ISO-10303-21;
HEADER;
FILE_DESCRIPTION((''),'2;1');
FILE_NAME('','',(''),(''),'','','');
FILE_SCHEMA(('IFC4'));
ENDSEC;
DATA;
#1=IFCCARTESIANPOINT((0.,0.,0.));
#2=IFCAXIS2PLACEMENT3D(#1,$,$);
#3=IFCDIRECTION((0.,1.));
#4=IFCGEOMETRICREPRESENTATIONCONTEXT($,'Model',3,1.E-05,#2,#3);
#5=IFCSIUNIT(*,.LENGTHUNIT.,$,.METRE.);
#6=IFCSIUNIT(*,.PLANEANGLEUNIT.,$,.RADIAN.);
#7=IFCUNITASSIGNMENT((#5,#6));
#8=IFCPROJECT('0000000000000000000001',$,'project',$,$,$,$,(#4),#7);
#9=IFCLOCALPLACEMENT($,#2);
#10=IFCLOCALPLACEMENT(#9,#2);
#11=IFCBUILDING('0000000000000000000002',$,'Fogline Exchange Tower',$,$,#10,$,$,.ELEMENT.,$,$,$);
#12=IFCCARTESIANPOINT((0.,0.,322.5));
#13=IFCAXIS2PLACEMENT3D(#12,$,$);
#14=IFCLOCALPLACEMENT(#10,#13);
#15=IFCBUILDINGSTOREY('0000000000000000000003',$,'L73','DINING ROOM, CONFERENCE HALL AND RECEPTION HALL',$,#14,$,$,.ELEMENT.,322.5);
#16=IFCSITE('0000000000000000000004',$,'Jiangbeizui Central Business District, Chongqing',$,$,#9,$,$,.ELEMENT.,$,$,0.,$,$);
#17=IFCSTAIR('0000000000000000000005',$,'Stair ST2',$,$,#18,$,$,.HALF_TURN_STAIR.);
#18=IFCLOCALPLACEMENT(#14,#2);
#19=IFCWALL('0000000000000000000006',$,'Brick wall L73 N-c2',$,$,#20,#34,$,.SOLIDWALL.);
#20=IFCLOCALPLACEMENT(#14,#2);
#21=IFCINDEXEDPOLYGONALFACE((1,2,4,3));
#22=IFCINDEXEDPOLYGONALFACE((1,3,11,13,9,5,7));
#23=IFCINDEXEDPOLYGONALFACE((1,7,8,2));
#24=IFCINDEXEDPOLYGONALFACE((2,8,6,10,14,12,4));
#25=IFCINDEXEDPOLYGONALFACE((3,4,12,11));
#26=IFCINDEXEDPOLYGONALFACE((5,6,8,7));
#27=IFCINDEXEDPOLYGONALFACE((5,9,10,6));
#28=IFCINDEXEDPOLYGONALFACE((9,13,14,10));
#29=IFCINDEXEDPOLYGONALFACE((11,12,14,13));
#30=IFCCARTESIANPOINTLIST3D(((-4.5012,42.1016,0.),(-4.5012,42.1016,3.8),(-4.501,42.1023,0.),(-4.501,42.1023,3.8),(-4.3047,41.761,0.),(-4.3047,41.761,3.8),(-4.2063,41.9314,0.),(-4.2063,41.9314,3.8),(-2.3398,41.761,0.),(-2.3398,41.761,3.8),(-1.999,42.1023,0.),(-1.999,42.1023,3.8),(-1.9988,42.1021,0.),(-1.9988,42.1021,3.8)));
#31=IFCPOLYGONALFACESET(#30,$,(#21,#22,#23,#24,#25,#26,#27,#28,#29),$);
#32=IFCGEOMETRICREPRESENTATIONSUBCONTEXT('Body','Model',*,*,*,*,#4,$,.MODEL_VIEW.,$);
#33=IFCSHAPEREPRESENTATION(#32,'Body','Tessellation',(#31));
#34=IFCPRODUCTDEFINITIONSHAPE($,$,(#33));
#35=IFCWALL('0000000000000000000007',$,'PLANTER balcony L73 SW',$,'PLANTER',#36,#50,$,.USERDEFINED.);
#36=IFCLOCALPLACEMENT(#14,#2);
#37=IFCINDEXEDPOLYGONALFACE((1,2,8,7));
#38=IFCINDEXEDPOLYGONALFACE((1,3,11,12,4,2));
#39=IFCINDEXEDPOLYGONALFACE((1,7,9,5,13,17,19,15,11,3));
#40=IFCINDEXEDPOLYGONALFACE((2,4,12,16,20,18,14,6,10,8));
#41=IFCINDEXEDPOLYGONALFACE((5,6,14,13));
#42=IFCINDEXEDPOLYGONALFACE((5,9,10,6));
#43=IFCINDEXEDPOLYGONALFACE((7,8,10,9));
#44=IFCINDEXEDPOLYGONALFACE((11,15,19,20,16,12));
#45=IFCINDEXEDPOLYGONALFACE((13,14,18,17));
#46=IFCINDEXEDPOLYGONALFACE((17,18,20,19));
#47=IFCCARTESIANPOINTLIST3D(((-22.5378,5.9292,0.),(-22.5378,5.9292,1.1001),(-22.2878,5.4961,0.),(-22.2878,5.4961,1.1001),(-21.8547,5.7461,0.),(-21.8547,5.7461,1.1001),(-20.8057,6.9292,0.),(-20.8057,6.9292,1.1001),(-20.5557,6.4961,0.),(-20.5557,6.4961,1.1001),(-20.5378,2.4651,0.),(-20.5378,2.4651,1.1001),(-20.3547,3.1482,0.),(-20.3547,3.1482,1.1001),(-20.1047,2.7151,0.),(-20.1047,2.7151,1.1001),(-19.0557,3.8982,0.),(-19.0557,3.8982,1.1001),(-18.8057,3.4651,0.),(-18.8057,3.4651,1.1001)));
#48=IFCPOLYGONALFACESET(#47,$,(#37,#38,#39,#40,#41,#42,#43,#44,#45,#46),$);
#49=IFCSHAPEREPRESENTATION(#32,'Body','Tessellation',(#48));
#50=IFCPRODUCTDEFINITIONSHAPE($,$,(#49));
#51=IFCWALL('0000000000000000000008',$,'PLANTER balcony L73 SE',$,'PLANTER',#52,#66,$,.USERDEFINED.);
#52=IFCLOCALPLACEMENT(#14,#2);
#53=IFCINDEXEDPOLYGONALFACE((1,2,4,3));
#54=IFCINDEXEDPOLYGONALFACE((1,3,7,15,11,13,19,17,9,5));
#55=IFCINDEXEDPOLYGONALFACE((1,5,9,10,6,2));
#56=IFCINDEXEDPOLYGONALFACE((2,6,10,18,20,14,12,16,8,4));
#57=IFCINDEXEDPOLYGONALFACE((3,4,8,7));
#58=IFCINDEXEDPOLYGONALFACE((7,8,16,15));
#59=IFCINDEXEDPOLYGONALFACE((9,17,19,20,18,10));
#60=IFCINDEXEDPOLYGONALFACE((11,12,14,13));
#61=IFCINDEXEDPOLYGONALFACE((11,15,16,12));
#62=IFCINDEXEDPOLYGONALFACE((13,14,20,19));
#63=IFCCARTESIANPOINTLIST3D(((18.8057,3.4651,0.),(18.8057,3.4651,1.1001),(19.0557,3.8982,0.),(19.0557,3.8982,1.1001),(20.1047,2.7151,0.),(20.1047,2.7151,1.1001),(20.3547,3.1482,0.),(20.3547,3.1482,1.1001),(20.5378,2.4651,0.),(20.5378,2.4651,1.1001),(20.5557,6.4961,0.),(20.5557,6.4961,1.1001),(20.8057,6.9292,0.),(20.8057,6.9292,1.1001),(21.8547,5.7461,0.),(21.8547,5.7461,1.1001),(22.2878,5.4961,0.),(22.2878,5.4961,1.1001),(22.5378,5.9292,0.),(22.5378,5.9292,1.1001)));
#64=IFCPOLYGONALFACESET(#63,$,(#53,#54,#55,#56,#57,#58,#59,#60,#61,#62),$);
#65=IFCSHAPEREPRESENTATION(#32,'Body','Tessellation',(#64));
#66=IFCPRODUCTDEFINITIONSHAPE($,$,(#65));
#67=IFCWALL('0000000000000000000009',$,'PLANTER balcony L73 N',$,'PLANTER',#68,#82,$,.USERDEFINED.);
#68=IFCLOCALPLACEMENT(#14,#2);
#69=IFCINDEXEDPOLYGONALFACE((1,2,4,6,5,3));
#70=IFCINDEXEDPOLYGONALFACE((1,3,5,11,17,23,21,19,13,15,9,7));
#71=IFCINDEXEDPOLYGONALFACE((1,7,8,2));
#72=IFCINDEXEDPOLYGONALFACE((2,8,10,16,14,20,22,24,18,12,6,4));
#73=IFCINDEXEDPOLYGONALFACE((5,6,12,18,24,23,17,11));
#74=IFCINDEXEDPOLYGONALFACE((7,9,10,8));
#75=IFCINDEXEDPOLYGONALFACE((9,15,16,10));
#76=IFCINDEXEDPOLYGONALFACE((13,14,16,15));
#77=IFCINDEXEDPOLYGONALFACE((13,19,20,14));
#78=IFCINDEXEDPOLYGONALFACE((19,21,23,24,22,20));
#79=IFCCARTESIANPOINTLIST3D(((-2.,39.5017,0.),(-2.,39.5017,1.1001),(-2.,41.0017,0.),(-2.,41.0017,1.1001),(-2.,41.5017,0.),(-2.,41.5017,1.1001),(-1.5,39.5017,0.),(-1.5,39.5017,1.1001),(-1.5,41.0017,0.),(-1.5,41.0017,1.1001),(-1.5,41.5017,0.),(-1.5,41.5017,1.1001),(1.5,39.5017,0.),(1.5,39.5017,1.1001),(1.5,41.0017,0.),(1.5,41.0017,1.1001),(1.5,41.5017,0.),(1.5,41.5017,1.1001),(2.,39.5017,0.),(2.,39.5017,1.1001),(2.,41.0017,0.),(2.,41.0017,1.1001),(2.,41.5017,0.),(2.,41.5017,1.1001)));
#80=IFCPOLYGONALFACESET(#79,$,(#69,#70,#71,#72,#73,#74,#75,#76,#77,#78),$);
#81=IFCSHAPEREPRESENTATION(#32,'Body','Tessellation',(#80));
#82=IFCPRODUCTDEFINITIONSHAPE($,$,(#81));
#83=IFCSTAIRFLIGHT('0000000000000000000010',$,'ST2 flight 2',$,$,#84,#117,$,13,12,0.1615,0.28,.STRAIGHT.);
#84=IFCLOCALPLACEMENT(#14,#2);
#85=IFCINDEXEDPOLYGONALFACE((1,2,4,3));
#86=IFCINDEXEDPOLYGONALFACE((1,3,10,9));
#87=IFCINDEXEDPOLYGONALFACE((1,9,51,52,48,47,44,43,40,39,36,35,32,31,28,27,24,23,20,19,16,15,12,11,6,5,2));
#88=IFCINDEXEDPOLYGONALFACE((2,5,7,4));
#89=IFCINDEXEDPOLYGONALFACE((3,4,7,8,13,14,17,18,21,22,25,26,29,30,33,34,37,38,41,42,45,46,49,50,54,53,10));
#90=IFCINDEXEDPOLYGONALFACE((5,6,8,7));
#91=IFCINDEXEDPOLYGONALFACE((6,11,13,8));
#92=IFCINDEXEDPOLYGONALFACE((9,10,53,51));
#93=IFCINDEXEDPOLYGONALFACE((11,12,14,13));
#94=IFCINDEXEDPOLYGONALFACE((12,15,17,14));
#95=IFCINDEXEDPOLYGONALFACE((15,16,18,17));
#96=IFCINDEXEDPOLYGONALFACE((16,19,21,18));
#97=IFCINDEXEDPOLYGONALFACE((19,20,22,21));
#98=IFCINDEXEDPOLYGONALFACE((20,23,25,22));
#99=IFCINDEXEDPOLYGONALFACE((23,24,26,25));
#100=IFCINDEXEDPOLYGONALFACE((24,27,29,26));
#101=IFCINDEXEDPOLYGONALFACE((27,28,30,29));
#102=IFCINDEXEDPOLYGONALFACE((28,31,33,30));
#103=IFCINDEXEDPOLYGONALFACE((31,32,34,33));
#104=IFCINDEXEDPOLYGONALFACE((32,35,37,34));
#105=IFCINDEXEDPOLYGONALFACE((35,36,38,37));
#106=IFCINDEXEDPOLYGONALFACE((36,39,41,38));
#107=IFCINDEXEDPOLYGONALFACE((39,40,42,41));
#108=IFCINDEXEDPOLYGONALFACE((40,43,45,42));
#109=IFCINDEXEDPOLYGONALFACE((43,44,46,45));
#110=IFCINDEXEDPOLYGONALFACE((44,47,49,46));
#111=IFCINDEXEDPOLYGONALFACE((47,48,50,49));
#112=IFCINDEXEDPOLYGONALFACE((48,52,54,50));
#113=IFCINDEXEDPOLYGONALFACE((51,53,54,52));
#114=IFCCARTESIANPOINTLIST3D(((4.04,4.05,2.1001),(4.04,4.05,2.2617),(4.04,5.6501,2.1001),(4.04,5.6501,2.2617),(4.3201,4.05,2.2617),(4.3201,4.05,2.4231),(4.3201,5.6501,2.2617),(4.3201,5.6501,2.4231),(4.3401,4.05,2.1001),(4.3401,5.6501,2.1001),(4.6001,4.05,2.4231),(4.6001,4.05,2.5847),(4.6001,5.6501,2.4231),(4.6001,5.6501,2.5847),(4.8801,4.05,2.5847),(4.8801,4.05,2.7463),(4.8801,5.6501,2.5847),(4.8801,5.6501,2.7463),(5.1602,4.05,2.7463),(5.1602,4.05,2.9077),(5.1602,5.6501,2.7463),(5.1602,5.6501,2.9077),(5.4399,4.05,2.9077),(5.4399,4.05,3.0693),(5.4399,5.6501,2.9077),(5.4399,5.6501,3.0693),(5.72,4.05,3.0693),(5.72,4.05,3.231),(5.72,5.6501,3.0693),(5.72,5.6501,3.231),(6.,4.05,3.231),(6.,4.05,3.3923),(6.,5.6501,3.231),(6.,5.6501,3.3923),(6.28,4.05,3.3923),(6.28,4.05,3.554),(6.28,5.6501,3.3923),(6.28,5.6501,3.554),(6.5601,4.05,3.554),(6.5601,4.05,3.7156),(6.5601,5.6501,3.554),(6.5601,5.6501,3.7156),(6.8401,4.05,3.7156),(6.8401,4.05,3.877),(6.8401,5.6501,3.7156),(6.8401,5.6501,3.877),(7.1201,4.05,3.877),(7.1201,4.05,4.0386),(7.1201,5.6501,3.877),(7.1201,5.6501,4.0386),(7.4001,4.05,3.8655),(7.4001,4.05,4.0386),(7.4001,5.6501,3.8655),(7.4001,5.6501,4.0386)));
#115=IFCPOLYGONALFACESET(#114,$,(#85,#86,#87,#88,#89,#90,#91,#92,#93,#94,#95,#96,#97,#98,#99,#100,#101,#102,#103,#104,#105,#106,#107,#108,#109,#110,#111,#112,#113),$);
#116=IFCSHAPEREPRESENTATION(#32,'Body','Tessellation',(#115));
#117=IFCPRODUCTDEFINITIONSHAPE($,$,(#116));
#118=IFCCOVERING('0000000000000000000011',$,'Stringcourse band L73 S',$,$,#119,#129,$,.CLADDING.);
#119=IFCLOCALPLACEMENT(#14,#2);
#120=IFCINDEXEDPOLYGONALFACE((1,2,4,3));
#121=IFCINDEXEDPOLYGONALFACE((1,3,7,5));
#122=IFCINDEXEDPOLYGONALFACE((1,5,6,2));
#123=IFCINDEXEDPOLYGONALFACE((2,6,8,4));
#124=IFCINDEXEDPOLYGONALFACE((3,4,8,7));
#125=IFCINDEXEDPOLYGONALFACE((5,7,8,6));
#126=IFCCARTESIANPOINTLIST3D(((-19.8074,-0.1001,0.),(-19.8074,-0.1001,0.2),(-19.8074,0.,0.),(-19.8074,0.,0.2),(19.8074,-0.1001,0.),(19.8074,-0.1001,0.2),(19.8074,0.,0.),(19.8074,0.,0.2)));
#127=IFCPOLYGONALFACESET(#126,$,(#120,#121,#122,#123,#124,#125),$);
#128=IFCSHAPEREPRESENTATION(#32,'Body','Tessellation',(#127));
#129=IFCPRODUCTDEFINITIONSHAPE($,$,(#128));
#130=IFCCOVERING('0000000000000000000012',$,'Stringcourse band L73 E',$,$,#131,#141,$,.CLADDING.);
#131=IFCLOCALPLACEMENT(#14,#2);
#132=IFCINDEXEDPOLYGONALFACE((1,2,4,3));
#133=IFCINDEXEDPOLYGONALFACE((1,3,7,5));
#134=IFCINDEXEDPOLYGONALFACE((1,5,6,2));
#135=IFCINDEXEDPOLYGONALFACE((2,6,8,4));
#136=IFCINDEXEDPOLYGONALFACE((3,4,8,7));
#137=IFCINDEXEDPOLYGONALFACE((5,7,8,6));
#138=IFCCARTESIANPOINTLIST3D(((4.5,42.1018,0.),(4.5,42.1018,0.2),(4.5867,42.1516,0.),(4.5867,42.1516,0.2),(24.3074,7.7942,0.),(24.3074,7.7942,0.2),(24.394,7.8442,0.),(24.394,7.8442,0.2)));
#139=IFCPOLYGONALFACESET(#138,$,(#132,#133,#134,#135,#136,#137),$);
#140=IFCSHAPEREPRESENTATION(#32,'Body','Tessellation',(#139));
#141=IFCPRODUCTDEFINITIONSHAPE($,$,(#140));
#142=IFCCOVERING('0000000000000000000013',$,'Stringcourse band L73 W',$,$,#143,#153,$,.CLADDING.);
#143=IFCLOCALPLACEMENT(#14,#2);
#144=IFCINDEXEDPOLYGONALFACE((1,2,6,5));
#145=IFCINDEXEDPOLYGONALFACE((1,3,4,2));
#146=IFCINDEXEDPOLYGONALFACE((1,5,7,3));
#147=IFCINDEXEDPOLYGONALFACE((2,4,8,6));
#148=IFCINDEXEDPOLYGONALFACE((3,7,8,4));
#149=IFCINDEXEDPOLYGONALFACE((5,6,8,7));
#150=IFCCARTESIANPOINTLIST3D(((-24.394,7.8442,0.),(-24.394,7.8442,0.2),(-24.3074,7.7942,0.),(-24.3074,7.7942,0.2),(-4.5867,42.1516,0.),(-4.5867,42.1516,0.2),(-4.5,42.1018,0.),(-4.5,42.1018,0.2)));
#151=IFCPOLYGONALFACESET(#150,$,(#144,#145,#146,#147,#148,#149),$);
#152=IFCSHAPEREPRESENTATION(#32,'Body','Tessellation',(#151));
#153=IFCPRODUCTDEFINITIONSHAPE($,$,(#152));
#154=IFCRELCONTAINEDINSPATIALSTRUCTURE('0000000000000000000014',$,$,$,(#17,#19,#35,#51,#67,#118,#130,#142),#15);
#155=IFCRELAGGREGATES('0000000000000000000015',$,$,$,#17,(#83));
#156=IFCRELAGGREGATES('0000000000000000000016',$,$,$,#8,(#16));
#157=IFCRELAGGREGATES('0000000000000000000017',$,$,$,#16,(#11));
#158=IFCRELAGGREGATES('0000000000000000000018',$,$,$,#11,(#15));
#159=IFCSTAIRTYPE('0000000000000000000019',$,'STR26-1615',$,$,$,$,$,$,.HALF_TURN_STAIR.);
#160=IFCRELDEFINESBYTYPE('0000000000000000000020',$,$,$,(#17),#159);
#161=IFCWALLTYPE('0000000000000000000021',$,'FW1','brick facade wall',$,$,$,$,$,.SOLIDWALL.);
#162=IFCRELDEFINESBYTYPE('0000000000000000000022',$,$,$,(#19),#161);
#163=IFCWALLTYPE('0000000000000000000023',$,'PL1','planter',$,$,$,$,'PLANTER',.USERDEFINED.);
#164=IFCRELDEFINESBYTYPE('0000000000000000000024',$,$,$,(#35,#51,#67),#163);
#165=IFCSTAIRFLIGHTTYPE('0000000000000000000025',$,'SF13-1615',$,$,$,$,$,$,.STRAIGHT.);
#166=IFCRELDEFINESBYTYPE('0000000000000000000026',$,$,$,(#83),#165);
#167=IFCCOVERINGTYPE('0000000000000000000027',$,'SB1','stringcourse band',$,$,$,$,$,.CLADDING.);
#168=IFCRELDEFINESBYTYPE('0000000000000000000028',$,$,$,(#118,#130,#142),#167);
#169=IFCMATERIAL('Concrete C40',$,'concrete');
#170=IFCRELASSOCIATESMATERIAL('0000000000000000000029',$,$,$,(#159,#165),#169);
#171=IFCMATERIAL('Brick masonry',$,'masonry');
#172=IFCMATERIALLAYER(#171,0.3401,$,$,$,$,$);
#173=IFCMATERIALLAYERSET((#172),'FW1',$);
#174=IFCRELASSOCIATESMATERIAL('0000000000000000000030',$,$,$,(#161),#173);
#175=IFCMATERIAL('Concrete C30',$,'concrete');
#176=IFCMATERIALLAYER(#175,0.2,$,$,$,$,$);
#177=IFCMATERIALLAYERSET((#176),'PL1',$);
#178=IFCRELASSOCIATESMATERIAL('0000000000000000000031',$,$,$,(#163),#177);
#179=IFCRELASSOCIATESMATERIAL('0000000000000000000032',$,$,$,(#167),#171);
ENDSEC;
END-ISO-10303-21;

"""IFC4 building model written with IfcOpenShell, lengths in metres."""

from ifc_helpers import new_model, si_unit, direction, frame, origin, place, context, subcontext, project, spatial, polyline, outline, extrude, material, layer, layer_set, type_object, element, aggregate, save


model = new_model("IFC4")

# Units and contexts
model_context = context("Model", 3, precision=1e-05, world=origin(), true_north=direction((0.0, 1.0)))
body_context = subcontext(model_context, "Body", "Model", "MODEL_VIEW")
ifc_project = project(units=[si_unit("LENGTHUNIT", "METRE"), si_unit("PLANEANGLEUNIT", "RADIAN")], contexts=[model_context])

# Site, building, storey
site_placement = place(None, origin())
site = spatial("IfcSite", under=ifc_project, at=site_placement, Name="Jiangbeizui Central Business District, Chongqing", CompositionType="ELEMENT", RefElevation=0.0)
building_placement = place(site_placement, origin())
building = spatial("IfcBuilding", under=site, at=building_placement, Name="Fogline Exchange Tower", CompositionType="ELEMENT")
storey_placement = place(building_placement, frame((0.0, 0.0, 322.5)))
storey = spatial("IfcBuildingStorey", under=building, at=storey_placement, Name="L73", Description="DINING ROOM, CONFERENCE HALL AND RECEPTION HALL", CompositionType="ELEMENT", Elevation=322.5)

# Shared definitions
ifc_material_1 = material(Name="Concrete C40", Category="concrete")

# Stair
stair_type = type_object("IfcStairType", Name="STR26-1615", PredefinedType="HALF_TURN_STAIR", material=ifc_material_1)
stair_1_placement = place(storey_placement, origin())
stair_1 = element("IfcStair", 1, at=stair_1_placement, inside=storey, type_object=stair_type, Name="Stair ST2", PredefinedType="HALF_TURN_STAIR")

# Walls
ifc_material_2 = material(Name="Brick masonry", Category="masonry")
ifc_layer_1 = layer(ifc_material_2, 0.3401)
ifc_layer_set_1 = layer_set([ifc_layer_1], Name="FW1")
wall_type_1 = type_object("IfcWallType", Name="FW1", Description="brick facade wall", PredefinedType="SOLIDWALL", material=ifc_layer_set_1)
wall_1_placement = place(storey_placement, origin())
element("IfcWall", 2, at=wall_1_placement, inside=storey, type_object=wall_type_1, Name="Brick wall L73 N-c2", PredefinedType="SOLIDWALL", context=body_context, shape_type="SweptSolid", body=[
    extrude(outline(polyline([(-4.3047, 41.761), (-4.2063, 41.9314), (-4.5012, 42.1016), (-4.501, 42.1023), (-1.999, 42.1023), (-1.9988, 42.1021), (-2.3398, 41.761), (-4.3047, 41.761)])), origin(), (0.0, 0.0, 1.0), 3.8),
])
ifc_material_3 = material(Name="Concrete C30", Category="concrete")
ifc_layer_2 = layer(ifc_material_3, 0.2)
ifc_layer_set_2 = layer_set([ifc_layer_2], Name="PL1")
wall_type_2 = type_object("IfcWallType", Name="PL1", Description="planter", ElementType="PLANTER", PredefinedType="USERDEFINED", material=ifc_layer_set_2)
wall_2_placement = place(storey_placement, origin())
element("IfcWall", 3, at=wall_2_placement, inside=storey, type_object=wall_type_2, Name="PLANTER balcony L73 SW", ObjectType="PLANTER", PredefinedType="USERDEFINED", context=body_context, shape_type="SweptSolid", body=[
    extrude(outline(polyline([(-19.0557, 3.8982), (-20.3547, 3.1482), (-21.8547, 5.7461), (-20.5557, 6.4961), (-20.8057, 6.9292), (-22.5378, 5.9292), (-22.2878, 5.4961), (-20.5378, 2.4651), (-20.1047, 2.7151), (-20.1047, 2.7151), (-18.8057, 3.4651), (-19.0557, 3.8982)])), origin(), (0.0, 0.0, 1.0), 1.1001),
])
wall_3_placement = place(storey_placement, origin())
element("IfcWall", 4, at=wall_3_placement, inside=storey, type_object=wall_type_2, Name="PLANTER balcony L73 SE", ObjectType="PLANTER", PredefinedType="USERDEFINED", context=body_context, shape_type="SweptSolid", body=[
    extrude(outline(polyline([(18.8057, 3.4651), (20.1047, 2.7151), (20.1047, 2.7151), (20.5378, 2.4651), (22.2878, 5.4961), (22.5378, 5.9292), (20.8057, 6.9292), (20.5557, 6.4961), (21.8547, 5.7461), (20.3547, 3.1482), (19.0557, 3.8982), (18.8057, 3.4651)])), origin(), (0.0, 0.0, 1.0), 1.1001),
])
wall_4_placement = place(storey_placement, origin())
element("IfcWall", 5, at=wall_4_placement, inside=storey, type_object=wall_type_2, Name="PLANTER balcony L73 N", ObjectType="PLANTER", PredefinedType="USERDEFINED", context=body_context, shape_type="SweptSolid", body=[
    extrude(outline(polyline([(-1.5, 41.5017), (-2.0, 41.5017), (-2.0, 41.0017), (-2.0, 39.5017), (-1.5, 39.5017), (-1.5, 41.0017), (1.5, 41.0017), (1.5, 39.5017), (2.0, 39.5017), (2.0, 41.0017), (2.0, 41.5017), (1.5, 41.5017), (-1.5, 41.5017)])), origin(), (0.0, 0.0, 1.0), 1.1001),
])

# Stair flight
stair_flight_type = type_object("IfcStairFlightType", Name="SF13-1615", PredefinedType="STRAIGHT", material=ifc_material_1)
stair_flight_placement = place(storey_placement, frame((4.04, 4.8501, 2.1001), z_axis=(0.0, 0.0, 1.0), x_axis=(1.0, 0.0, 0.0)))
stair_flight = element("IfcStairFlight", 6, at=stair_flight_placement, type_object=stair_flight_type, Name="ST2 flight 2", NumberOfRisers=13, NumberOfTreads=12, PredefinedType="STRAIGHT", RiserHeight=0.1615, TreadLength=0.28, context=body_context, shape_type="SweptSolid", body=[
    extrude(outline(polyline([(0.0, 0.0), (0.0, 0.1616), (0.28, 0.1616), (0.28, 0.323), (0.5601, 0.323), (0.5601, 0.4846), (0.8401, 0.4846), (0.8401, 0.6462), (1.1201, 0.6462), (1.1201, 0.8076), (1.3999, 0.8076), (1.3999, 0.9692), (1.6799, 0.9692), (1.6799, 1.1309), (1.96, 1.1309), (1.96, 1.2922), (2.24, 1.2922), (2.24, 1.4539), (2.52, 1.4539), (2.52, 1.6155), (2.8, 1.6155), (2.8, 1.7769), (3.0801, 1.7769), (3.0801, 1.9385), (3.3601, 1.9385), (3.3601, 2.1001), (3.3601, 1.7654), (0.3, 0.0), (0.0, 0.0)])), frame((0.0, 0.8, 0.0), z_axis=(0.0, -1.0, 0.0), x_axis=(1.0, 0.0, 0.0)), (0.0, 0.0, 1.0), 1.6001),
])
aggregate(stair_1, [stair_flight])

# Coverings
covering_type = type_object("IfcCoveringType", Name="SB1", Description="stringcourse band", PredefinedType="CLADDING", material=ifc_material_2)
covering_1_placement = place(storey_placement, origin())
element("IfcCovering", 7, at=covering_1_placement, inside=storey, type_object=covering_type, Name="Stringcourse band L73 S", PredefinedType="CLADDING", context=body_context, shape_type="SweptSolid", body=[
    extrude(outline(polyline([(-19.8074, 0.0), (-19.8074, -0.1001), (19.8074, -0.1001), (19.8074, 0.0), (-19.8074, 0.0)])), origin(), (0.0, 0.0, 1.0), 0.2),
])
covering_2_placement = place(storey_placement, origin())
element("IfcCovering", 8, at=covering_2_placement, inside=storey, type_object=covering_type, Name="Stringcourse band L73 E", PredefinedType="CLADDING", context=body_context, shape_type="SweptSolid", body=[
    extrude(outline(polyline([(24.3074, 7.7942), (24.394, 7.8442), (4.5867, 42.1516), (4.5, 42.1018), (24.3074, 7.7942)])), origin(), (0.0, 0.0, 1.0), 0.2),
])
covering_3_placement = place(storey_placement, origin())
element("IfcCovering", 9, at=covering_3_placement, inside=storey, type_object=covering_type, Name="Stringcourse band L73 W", PredefinedType="CLADDING", context=body_context, shape_type="SweptSolid", body=[
    extrude(outline(polyline([(-4.5, 42.1018), (-4.5867, 42.1516), (-24.394, 7.8442), (-24.3074, 7.7942), (-4.5, 42.1018)])), origin(), (0.0, 0.0, 1.0), 0.2),
])

save(model, "model.ifc")
